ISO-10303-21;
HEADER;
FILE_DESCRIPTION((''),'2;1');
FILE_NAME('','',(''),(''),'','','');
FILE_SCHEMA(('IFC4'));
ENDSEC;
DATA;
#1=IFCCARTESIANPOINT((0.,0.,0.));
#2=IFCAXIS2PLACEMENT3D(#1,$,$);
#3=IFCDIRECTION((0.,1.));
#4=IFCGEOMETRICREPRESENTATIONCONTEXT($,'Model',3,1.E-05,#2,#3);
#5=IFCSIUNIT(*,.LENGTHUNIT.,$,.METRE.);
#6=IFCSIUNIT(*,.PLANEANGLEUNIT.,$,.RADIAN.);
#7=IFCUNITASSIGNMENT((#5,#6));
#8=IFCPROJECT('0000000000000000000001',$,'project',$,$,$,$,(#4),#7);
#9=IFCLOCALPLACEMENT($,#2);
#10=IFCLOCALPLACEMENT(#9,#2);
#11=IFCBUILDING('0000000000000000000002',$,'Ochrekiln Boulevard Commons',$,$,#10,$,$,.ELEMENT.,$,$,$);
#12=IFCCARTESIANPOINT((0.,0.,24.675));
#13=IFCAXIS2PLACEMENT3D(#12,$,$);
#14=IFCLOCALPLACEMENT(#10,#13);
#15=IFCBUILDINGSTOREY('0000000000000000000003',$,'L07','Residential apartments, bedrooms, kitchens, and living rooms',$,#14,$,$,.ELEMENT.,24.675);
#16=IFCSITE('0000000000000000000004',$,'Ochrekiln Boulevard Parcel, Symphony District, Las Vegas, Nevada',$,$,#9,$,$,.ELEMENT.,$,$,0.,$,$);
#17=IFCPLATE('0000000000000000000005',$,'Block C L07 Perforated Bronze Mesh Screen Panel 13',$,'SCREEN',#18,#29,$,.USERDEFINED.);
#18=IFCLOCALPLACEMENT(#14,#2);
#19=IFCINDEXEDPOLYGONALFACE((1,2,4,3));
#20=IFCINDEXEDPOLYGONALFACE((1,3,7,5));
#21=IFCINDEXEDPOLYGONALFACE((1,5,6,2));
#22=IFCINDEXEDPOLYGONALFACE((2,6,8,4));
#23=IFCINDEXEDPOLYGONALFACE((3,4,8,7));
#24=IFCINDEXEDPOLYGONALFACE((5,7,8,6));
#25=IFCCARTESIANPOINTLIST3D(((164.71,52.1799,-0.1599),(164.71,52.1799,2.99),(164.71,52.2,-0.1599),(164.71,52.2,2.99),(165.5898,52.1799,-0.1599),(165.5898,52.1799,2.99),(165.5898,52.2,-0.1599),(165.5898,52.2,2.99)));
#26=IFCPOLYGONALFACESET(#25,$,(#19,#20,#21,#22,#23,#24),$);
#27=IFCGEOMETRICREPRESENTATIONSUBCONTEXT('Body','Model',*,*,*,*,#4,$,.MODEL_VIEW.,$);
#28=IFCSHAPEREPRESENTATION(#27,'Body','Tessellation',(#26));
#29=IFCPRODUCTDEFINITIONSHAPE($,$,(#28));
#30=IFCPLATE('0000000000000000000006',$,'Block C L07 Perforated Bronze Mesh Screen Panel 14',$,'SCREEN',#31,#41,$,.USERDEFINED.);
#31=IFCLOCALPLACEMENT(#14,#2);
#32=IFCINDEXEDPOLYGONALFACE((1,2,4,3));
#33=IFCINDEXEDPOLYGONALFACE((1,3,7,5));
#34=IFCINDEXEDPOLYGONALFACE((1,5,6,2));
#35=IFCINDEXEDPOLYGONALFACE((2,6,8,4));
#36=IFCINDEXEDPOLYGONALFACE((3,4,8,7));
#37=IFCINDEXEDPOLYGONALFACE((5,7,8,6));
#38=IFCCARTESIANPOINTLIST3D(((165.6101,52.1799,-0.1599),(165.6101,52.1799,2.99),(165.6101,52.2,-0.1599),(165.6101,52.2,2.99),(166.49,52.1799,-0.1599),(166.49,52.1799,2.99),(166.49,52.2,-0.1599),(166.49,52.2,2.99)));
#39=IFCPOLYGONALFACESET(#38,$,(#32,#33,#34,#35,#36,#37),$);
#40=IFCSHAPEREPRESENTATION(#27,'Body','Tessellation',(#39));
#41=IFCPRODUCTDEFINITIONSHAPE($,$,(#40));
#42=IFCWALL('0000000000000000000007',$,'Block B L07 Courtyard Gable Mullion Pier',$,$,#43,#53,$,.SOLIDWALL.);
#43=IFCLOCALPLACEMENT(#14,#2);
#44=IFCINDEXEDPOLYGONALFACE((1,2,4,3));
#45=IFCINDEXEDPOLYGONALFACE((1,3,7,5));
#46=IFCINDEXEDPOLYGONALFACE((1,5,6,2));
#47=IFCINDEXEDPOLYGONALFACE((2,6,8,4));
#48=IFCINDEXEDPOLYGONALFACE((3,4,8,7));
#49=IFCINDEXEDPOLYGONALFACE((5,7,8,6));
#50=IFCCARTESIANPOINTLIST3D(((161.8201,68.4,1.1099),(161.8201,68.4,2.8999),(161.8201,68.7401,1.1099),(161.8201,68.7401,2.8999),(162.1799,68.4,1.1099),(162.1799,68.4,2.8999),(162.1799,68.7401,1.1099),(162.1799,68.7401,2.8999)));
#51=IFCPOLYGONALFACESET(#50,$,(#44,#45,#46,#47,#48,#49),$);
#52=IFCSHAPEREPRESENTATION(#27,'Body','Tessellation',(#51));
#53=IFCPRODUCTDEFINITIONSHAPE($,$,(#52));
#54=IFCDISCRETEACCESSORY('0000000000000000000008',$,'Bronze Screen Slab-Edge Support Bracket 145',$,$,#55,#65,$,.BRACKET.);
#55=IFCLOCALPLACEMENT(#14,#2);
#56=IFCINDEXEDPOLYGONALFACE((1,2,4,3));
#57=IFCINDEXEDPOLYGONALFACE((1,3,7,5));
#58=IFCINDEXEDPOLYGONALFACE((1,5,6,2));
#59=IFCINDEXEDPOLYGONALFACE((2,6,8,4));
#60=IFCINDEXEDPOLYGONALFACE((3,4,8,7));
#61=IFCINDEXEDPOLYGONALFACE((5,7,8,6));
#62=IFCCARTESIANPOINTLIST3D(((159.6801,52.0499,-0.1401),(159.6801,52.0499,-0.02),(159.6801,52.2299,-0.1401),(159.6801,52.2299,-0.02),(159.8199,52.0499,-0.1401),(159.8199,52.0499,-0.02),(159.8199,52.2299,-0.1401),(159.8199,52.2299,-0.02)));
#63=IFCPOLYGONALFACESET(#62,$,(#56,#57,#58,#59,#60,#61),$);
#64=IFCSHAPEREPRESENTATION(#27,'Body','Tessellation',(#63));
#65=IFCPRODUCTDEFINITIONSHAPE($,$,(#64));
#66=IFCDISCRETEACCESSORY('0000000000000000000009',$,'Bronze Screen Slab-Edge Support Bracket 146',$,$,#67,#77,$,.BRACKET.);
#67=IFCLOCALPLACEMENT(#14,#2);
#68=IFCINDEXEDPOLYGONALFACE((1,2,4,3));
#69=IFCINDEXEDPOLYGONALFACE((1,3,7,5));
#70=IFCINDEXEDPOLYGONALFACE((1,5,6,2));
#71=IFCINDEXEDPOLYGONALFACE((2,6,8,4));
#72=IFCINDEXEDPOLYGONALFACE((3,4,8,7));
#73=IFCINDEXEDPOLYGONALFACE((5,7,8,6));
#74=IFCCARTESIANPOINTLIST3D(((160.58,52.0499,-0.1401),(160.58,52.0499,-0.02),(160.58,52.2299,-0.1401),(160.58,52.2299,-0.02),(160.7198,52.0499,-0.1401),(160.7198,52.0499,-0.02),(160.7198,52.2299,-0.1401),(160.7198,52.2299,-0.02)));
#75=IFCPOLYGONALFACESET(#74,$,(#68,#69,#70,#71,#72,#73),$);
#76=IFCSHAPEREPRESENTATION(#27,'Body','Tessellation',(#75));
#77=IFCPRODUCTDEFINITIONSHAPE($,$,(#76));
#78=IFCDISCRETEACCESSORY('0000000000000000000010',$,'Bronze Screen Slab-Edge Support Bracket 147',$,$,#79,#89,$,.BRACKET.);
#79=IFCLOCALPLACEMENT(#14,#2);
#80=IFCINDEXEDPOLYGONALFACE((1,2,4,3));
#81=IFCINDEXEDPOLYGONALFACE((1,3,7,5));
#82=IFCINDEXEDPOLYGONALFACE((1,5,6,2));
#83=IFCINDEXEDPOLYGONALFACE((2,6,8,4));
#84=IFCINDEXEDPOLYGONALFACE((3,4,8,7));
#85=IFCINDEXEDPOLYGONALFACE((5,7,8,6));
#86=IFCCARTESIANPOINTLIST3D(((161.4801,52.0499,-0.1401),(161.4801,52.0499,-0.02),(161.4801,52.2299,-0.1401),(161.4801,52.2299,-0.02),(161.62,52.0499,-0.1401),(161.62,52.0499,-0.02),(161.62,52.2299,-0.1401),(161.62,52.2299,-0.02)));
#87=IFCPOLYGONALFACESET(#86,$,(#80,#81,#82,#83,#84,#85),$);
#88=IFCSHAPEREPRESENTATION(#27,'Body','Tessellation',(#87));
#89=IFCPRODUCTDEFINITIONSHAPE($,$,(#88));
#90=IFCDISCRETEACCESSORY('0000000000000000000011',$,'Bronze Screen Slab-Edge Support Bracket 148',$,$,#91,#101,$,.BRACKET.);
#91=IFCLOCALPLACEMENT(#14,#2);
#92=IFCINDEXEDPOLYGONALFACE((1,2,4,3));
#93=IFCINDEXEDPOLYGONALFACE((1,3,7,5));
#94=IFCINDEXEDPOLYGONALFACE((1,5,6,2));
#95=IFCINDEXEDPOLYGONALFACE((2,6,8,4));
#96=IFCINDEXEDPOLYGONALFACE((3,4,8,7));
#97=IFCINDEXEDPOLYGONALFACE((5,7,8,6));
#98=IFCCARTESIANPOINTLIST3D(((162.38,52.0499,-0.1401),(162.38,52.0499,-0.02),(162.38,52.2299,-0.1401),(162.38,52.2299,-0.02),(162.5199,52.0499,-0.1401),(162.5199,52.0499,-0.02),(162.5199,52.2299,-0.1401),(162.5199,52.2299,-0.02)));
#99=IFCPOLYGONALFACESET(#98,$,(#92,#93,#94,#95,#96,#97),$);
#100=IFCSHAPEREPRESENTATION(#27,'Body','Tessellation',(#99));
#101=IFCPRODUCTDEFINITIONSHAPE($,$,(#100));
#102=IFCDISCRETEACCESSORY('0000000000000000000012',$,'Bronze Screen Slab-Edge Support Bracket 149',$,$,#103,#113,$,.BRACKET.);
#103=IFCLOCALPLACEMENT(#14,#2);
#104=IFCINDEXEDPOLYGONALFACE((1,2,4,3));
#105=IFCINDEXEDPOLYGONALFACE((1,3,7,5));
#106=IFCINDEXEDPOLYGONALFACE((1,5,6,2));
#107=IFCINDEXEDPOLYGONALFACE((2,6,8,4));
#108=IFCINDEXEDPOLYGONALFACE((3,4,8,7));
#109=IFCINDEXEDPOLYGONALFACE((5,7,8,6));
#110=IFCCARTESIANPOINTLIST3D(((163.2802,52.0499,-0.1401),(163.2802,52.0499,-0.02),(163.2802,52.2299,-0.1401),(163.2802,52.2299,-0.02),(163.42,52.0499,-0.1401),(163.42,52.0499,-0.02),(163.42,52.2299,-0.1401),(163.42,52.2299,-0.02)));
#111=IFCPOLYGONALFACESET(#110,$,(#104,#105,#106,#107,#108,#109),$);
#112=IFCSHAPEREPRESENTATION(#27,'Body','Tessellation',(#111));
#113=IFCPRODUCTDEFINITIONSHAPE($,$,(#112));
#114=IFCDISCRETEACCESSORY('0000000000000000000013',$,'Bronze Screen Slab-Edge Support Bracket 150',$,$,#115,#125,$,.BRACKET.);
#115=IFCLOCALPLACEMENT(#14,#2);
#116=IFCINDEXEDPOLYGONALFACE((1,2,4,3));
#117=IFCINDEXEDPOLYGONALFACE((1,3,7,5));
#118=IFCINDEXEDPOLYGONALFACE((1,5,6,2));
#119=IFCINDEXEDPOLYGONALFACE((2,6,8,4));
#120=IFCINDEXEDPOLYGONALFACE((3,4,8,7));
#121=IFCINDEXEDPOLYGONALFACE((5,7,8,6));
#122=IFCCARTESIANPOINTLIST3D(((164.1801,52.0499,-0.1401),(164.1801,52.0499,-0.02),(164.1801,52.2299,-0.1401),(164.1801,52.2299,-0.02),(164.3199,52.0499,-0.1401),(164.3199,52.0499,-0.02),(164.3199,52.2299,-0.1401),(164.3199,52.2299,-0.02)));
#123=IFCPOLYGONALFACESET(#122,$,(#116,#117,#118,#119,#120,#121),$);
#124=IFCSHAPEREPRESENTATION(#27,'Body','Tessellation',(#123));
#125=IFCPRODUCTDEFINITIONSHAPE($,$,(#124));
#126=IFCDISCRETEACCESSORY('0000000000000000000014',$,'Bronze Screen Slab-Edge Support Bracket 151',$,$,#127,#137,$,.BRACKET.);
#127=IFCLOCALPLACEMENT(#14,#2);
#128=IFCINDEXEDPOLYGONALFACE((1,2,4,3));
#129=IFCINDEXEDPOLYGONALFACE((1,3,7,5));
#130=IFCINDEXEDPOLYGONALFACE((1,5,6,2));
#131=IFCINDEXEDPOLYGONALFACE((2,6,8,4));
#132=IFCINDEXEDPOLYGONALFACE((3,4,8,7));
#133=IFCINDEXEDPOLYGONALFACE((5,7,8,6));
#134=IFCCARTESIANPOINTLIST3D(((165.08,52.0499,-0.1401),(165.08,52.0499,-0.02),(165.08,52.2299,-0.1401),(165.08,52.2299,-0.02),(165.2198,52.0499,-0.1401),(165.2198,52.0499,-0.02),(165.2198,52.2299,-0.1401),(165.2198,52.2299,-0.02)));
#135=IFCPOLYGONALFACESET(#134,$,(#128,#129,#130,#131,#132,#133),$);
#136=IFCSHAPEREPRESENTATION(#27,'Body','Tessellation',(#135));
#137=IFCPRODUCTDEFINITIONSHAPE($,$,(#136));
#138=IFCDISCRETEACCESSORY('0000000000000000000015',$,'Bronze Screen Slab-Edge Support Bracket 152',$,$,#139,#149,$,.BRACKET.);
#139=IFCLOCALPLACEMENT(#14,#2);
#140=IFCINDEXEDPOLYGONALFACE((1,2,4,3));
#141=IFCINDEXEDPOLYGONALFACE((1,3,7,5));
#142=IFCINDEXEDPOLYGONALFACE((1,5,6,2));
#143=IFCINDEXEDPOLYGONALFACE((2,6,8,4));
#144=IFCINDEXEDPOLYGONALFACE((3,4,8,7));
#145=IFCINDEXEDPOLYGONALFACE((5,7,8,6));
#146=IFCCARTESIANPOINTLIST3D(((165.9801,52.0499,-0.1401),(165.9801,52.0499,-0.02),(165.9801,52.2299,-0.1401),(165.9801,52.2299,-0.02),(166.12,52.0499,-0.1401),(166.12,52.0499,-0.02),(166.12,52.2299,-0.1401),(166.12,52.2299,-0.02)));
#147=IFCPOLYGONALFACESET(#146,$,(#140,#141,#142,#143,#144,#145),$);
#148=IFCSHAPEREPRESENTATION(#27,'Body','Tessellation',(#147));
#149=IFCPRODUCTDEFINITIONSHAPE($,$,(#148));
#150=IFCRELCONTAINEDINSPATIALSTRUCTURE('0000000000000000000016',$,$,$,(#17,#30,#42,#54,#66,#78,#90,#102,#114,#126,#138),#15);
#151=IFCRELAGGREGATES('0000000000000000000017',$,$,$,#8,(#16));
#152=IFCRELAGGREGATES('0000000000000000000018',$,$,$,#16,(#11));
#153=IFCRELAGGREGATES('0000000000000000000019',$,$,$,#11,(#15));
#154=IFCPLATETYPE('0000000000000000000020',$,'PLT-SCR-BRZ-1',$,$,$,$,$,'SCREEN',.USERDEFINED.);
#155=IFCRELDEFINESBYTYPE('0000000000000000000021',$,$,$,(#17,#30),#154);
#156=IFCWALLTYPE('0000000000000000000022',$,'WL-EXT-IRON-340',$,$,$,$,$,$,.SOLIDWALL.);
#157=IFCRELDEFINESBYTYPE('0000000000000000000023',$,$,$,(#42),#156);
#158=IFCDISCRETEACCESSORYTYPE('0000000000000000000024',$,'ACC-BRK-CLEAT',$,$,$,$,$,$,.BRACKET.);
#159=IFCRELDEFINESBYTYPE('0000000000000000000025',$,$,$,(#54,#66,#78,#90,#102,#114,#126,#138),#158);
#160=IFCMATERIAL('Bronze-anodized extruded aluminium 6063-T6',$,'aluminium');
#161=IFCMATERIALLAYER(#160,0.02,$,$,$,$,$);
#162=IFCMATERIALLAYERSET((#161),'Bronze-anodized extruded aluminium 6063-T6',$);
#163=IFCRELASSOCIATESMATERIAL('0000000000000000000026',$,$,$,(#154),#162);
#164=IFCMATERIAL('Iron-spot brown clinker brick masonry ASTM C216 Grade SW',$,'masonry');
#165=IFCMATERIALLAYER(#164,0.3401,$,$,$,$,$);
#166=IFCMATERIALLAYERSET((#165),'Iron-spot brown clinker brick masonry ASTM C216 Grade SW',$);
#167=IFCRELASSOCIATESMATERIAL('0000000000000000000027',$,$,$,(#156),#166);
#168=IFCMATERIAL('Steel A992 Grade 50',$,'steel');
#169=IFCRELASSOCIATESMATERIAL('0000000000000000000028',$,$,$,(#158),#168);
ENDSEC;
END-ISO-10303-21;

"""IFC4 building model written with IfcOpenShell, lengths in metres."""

from ifc_helpers import new_model, si_unit, direction, frame, frame_2d, origin, origin_2d, place, context, subcontext, project, spatial, rectangle, extrude, material, layer, layer_set, type_object, element, save


model = new_model("IFC4")

# Units and contexts
model_context = context("Model", 3, precision=1e-05, world=origin(), true_north=direction((0.0, 1.0)))
body_context = subcontext(model_context, "Body", "Model", "MODEL_VIEW")
ifc_project = project(units=[si_unit("LENGTHUNIT", "METRE"), si_unit("PLANEANGLEUNIT", "RADIAN")], contexts=[model_context])

# Site, building, storey
site_placement = place(None, origin())
site = spatial("IfcSite", under=ifc_project, at=site_placement, Name="Ochrekiln Boulevard Parcel, Symphony District, Las Vegas, Nevada", CompositionType="ELEMENT", RefElevation=0.0)
building_placement = place(site_placement, origin())
building = spatial("IfcBuilding", under=site, at=building_placement, Name="Ochrekiln Boulevard Commons", CompositionType="ELEMENT")
storey_placement = place(building_placement, frame((0.0, 0.0, 24.675)))
storey = spatial("IfcBuildingStorey", under=building, at=storey_placement, Name="L07", Description="Residential apartments, bedrooms, kitchens, and living rooms", CompositionType="ELEMENT", Elevation=24.675)

# Shared definitions
ifc_material_1 = material(Name="Bronze-anodized extruded aluminium 6063-T6", Category="aluminium")

# Plates
ifc_layer_1 = layer(ifc_material_1, 0.02)
ifc_layer_set_1 = layer_set([ifc_layer_1], Name="Bronze-anodized extruded aluminium 6063-T6")
plate_type_1 = type_object("IfcPlateType", Name="PLT-SCR-BRZ-1", ElementType="SCREEN", PredefinedType="USERDEFINED", material=ifc_layer_set_1)
for number, where, z_axis, x_axis, name in (
    (1, (165.1499, 52.1899, -0.1599), (0.0, 0.0, 1.0), (1.0, 0.0, 0.0), "Block C L07 Perforated Bronze Mesh Screen Panel 13"),
    (2, (166.05, 52.1899, -0.1599), (0.0, 0.0, 1.0), (1.0, 0.0, 0.0), "Block C L07 Perforated Bronze Mesh Screen Panel 14"),
):
    element("IfcPlate", number, at=place(storey_placement, frame(where, z_axis=z_axis, x_axis=x_axis)), inside=storey, type_object=plate_type_1, Name=name, ObjectType="SCREEN", PredefinedType="USERDEFINED", context=body_context, shape_type="SweptSolid", body=[
        extrude(rectangle(XDim=0.8799, YDim=0.02, at=origin_2d()), origin(), (0.0, 0.0, 1.0), 3.1499),
    ])

# Wall
ifc_material_2 = material(Name="Iron-spot brown clinker brick masonry ASTM C216 Grade SW", Category="masonry")
ifc_layer_2 = layer(ifc_material_2, 0.3401)
ifc_layer_set_2 = layer_set([ifc_layer_2], Name="Iron-spot brown clinker brick masonry ASTM C216 Grade SW")
wall_type = type_object("IfcWallType", Name="WL-EXT-IRON-340", PredefinedType="SOLIDWALL", material=ifc_layer_set_2)
wall_placement = place(storey_placement, frame((161.8201, 68.5701, 1.1099), z_axis=(0.0, 0.0, 1.0), x_axis=(1.0, 0.0, 0.0)))
element("IfcWall", 3, at=wall_placement, inside=storey, type_object=wall_type, Name="Block B L07 Courtyard Gable Mullion Pier", PredefinedType="SOLIDWALL", context=body_context, shape_type="SweptSolid", body=[
    extrude(rectangle(XDim=0.3599, YDim=0.3401, at=frame_2d((0.1799, 0.0))), origin(), (0.0, 0.0, 1.0), 1.79),
])

# Discrete accessories
ifc_material_3 = material(Name="Steel A992 Grade 50", Category="steel")
discrete_accessory_type = type_object("IfcDiscreteAccessoryType", Name="ACC-BRK-CLEAT", PredefinedType="BRACKET", material=ifc_material_3)
for number, where, z_axis, x_axis, name in (
    (4, (159.75, 52.1399, -0.1401), (0.0, 0.0, 1.0), (1.0, 0.0, 0.0), "Bronze Screen Slab-Edge Support Bracket 145"),
    (5, (160.6499, 52.1399, -0.1401), (0.0, 0.0, 1.0), (1.0, 0.0, 0.0), "Bronze Screen Slab-Edge Support Bracket 146"),
    (6, (161.55, 52.1399, -0.1401), (0.0, 0.0, 1.0), (1.0, 0.0, 0.0), "Bronze Screen Slab-Edge Support Bracket 147"),
    (7, (162.45, 52.1399, -0.1401), (0.0, 0.0, 1.0), (1.0, 0.0, 0.0), "Bronze Screen Slab-Edge Support Bracket 148"),
    (8, (163.3501, 52.1399, -0.1401), (0.0, 0.0, 1.0), (1.0, 0.0, 0.0), "Bronze Screen Slab-Edge Support Bracket 149"),
    (9, (164.25, 52.1399, -0.1401), (0.0, 0.0, 1.0), (1.0, 0.0, 0.0), "Bronze Screen Slab-Edge Support Bracket 150"),
    (10, (165.1499, 52.1399, -0.1401), (0.0, 0.0, 1.0), (1.0, 0.0, 0.0), "Bronze Screen Slab-Edge Support Bracket 151"),
    (11, (166.05, 52.1399, -0.1401), (0.0, 0.0, 1.0), (1.0, 0.0, 0.0), "Bronze Screen Slab-Edge Support Bracket 152"),
):
    element("IfcDiscreteAccessory", number, at=place(storey_placement, frame(where, z_axis=z_axis, x_axis=x_axis)), inside=storey, type_object=discrete_accessory_type, Name=name, PredefinedType="BRACKET", context=body_context, shape_type="SweptSolid", body=[
        extrude(rectangle(XDim=0.1399, YDim=0.1799, at=origin_2d()), origin(), (0.0, 0.0, 1.0), 0.1201),
    ])

save(model, "model.ifc")
